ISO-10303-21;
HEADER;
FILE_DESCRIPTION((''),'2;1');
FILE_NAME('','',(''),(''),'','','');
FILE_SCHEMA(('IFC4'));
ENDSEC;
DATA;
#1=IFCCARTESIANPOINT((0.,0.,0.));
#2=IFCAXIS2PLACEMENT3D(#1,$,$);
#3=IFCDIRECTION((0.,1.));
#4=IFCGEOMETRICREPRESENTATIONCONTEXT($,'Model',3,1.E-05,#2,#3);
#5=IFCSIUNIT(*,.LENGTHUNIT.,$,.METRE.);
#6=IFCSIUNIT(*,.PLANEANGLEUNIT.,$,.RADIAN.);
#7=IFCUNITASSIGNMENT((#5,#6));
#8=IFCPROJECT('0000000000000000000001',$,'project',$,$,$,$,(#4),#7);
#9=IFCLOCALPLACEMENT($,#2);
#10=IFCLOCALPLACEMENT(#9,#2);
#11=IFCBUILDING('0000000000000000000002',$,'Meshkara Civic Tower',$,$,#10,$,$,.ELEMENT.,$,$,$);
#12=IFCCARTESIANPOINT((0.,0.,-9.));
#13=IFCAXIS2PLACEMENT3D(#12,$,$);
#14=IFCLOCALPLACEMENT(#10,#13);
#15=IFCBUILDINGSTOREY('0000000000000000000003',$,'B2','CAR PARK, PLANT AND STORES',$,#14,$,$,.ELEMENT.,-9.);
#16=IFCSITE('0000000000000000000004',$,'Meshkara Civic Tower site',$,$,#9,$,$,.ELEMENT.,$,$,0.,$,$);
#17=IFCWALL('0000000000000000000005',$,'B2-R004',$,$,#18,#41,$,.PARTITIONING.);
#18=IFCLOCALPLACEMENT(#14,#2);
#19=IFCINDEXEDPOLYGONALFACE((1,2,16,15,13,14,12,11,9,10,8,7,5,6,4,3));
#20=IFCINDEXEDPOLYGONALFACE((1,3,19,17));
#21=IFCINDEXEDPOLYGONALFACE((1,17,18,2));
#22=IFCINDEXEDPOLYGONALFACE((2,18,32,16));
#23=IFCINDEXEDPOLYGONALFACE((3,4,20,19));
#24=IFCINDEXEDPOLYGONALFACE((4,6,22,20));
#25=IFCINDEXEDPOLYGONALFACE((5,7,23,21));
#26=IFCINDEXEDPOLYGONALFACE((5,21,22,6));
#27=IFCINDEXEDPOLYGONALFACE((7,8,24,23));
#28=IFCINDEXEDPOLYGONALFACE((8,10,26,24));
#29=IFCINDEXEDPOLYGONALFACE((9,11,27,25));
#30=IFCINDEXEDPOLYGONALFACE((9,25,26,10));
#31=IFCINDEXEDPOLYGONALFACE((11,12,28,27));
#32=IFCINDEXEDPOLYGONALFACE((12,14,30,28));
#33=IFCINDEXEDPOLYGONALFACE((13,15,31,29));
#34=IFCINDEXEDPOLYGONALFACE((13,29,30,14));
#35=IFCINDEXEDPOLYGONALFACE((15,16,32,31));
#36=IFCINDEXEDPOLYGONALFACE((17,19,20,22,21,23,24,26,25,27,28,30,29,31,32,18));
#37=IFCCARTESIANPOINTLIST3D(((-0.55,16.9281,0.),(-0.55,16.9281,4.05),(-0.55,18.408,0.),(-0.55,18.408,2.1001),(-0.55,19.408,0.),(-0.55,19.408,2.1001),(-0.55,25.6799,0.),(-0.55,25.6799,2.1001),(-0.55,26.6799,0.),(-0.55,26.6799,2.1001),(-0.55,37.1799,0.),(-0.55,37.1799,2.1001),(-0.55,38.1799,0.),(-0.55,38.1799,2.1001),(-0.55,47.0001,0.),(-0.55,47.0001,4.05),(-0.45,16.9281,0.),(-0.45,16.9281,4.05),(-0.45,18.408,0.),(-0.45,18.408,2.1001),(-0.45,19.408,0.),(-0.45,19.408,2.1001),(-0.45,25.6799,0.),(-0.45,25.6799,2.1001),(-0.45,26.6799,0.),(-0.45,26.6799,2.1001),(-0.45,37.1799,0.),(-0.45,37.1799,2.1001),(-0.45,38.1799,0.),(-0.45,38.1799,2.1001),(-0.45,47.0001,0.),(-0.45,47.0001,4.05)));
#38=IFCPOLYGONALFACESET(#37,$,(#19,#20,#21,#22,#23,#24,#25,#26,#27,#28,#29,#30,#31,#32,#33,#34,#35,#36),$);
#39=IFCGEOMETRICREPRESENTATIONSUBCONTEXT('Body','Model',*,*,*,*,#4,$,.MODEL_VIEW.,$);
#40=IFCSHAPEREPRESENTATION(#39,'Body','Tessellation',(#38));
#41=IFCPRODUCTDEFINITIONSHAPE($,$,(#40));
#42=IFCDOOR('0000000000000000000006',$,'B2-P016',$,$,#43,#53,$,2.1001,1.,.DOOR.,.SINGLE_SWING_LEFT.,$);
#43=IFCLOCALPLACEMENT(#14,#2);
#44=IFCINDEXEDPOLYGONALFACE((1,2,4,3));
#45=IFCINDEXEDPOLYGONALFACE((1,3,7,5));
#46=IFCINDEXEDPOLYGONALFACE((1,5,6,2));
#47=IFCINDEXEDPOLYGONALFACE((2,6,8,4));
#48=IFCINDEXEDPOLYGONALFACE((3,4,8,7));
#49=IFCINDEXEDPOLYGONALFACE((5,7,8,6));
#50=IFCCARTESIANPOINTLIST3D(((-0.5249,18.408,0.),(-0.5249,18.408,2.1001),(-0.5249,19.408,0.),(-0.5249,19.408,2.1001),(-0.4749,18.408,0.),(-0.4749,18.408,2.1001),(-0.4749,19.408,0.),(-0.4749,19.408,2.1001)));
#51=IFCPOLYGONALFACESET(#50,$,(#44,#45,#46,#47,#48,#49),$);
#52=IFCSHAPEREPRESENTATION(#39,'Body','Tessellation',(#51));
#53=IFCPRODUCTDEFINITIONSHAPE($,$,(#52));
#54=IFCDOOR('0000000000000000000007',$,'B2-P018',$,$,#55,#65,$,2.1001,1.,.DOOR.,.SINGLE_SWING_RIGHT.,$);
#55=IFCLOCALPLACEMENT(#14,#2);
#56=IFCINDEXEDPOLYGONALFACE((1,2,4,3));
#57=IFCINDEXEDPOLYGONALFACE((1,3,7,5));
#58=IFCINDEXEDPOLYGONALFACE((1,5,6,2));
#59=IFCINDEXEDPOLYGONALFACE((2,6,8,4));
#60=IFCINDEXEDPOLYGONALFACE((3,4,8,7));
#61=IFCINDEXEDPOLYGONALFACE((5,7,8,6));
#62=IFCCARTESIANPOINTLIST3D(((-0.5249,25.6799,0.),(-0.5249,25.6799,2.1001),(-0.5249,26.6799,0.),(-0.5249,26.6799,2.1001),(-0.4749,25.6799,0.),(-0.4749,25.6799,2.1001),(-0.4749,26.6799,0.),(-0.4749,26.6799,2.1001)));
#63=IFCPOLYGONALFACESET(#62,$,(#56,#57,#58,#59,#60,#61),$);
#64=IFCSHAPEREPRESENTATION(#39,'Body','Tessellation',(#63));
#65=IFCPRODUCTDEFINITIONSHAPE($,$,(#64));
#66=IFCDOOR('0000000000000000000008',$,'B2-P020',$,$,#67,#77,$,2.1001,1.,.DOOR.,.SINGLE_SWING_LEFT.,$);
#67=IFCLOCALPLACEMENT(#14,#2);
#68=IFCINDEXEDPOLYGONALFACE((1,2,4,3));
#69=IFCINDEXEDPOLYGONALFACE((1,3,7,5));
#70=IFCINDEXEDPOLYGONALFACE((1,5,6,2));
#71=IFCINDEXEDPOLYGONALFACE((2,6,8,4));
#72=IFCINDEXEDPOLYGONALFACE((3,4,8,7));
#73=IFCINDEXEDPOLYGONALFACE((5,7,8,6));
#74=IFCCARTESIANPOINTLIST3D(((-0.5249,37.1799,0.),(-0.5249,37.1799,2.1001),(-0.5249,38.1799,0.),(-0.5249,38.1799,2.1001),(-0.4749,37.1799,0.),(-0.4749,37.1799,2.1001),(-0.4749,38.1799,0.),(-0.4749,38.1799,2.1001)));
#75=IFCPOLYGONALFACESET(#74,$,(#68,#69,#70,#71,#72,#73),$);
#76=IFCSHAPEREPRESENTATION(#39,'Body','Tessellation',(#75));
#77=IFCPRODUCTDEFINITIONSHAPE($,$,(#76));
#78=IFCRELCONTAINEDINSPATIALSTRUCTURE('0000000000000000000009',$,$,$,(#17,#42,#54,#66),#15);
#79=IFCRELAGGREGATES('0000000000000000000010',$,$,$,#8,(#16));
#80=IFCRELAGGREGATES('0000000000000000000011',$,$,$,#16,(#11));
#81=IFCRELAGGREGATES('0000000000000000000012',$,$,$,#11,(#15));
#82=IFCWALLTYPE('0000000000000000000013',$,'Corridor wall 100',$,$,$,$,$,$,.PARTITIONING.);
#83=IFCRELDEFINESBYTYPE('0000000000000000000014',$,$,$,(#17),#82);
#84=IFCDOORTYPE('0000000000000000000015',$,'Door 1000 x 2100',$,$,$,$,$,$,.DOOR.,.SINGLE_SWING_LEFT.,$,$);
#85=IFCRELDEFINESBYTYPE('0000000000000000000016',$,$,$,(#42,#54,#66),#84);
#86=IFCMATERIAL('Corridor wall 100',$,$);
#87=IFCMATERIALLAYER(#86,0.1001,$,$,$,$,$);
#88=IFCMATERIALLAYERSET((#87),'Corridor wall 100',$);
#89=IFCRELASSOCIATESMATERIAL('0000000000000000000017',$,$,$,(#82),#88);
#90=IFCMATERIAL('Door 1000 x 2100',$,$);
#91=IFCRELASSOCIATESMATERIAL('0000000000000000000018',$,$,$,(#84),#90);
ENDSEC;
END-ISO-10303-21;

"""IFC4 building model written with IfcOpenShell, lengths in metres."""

from ifc_helpers import new_model, si_unit, direction, frame, frame_2d, origin, place, context, subcontext, project, spatial, rectangle, extrude, material, layer, layer_set, type_object, element, fill, save


model = new_model("IFC4")

# Units and contexts
model_context = context("Model", 3, precision=1e-05, world=origin(), true_north=direction((0.0, 1.0)))
body_context = subcontext(model_context, "Body", "Model", "MODEL_VIEW")
ifc_project = project(units=[si_unit("LENGTHUNIT", "METRE"), si_unit("PLANEANGLEUNIT", "RADIAN")], contexts=[model_context])

# Site, building, storey
site_placement = place(None, origin())
site = spatial("IfcSite", under=ifc_project, at=site_placement, Name="Meshkara Civic Tower site", CompositionType="ELEMENT", RefElevation=0.0)
building_placement = place(site_placement, origin())
building = spatial("IfcBuilding", under=site, at=building_placement, Name="Meshkara Civic Tower", CompositionType="ELEMENT")
storey_placement = place(building_placement, frame((0.0, 0.0, -9.0)))
storey = spatial("IfcBuildingStorey", under=building, at=storey_placement, Name="B2", Description="CAR PARK, PLANT AND STORES", CompositionType="ELEMENT", Elevation=-9.0)

# Wall, openings, doors
ifc_material_1 = material(Name="Corridor wall 100")
ifc_layer = layer(ifc_material_1, 0.1001)
ifc_layer_set = layer_set([ifc_layer], Name="Corridor wall 100")
wall_type = type_object("IfcWallType", Name="Corridor wall 100", PredefinedType="PARTITIONING", material=ifc_layer_set)
wall_placement = place(storey_placement, frame((-0.5, 16.928, 0.0), z_axis=(0.0, 0.0, 1.0), x_axis=(0.0, 1.0, 0.0)))
wall = element("IfcWall", 1, at=wall_placement, inside=storey, type_object=wall_type, Name="B2-R004", PredefinedType="PARTITIONING", context=body_context, shape_type="SweptSolid", body=[
    extrude(rectangle(XDim=30.072, YDim=0.1001, at=frame_2d((15.0361, 0.0))), origin(), (0.0, 0.0, 1.0), 4.05),
])
opening_1_placement = place(wall_placement, frame((1.48, 0.0, 0.0)))
opening_1 = element("IfcOpeningElement", 2, at=opening_1_placement, cuts=wall, PredefinedType="OPENING", context=body_context, shape_type="SweptSolid", body=[
    extrude(rectangle(XDim=1.0, YDim=2.1001, at=frame_2d((0.5, 1.05))), frame((0.0, 0.0601, 0.0), z_axis=(0.0, -1.0, 0.0), x_axis=(1.0, 0.0, 0.0)), (0.0, 0.0, 1.0), 0.1201),
])
opening_2_placement = place(wall_placement, frame((8.752, 0.0, 0.0)))
opening_2 = element("IfcOpeningElement", 3, at=opening_2_placement, cuts=wall, PredefinedType="OPENING", context=body_context, shape_type="SweptSolid", body=[
    extrude(rectangle(XDim=1.0, YDim=2.1001, at=frame_2d((0.5, 1.05))), frame((0.0, 0.0601, 0.0), z_axis=(0.0, -1.0, 0.0), x_axis=(1.0, 0.0, 0.0)), (0.0, 0.0, 1.0), 0.1201),
])
opening_3_placement = place(wall_placement, frame((20.252, 0.0, 0.0)))
opening_3 = element("IfcOpeningElement", 4, at=opening_3_placement, cuts=wall, PredefinedType="OPENING", context=body_context, shape_type="SweptSolid", body=[
    extrude(rectangle(XDim=1.0, YDim=2.1001, at=frame_2d((0.5, 1.05))), frame((0.0, 0.0601, 0.0), z_axis=(0.0, -1.0, 0.0), x_axis=(1.0, 0.0, 0.0)), (0.0, 0.0, 1.0), 0.1201),
])
ifc_material_2 = material(Name="Door 1000 x 2100")
door_type = type_object("IfcDoorType", Name="Door 1000 x 2100", OperationType="SINGLE_SWING_LEFT", PredefinedType="DOOR", material=ifc_material_2)
door_1_placement = place(opening_1_placement, origin())
door_1 = element("IfcDoor", 5, at=door_1_placement, inside=storey, type_object=door_type, Name="B2-P016", OperationType="SINGLE_SWING_LEFT", OverallHeight=2.1001, OverallWidth=1.0, PredefinedType="DOOR", context=body_context, shape_type="SweptSolid", body=[
    extrude(rectangle(XDim=1.0, YDim=2.1001, at=frame_2d((0.5, 1.05))), frame((0.0, 0.0249, 0.0), z_axis=(0.0, -1.0, 0.0), x_axis=(1.0, 0.0, 0.0)), (0.0, 0.0, 1.0), 0.05),
])
fill(opening_1, door_1)
door_2_placement = place(opening_2_placement, origin())
door_2 = element("IfcDoor", 6, at=door_2_placement, inside=storey, type_object=door_type, Name="B2-P018", OperationType="SINGLE_SWING_RIGHT", OverallHeight=2.1001, OverallWidth=1.0, PredefinedType="DOOR", context=body_context, shape_type="SweptSolid", body=[
    extrude(rectangle(XDim=1.0, YDim=2.1001, at=frame_2d((0.5, 1.05))), frame((0.0, 0.0249, 0.0), z_axis=(0.0, -1.0, 0.0), x_axis=(1.0, 0.0, 0.0)), (0.0, 0.0, 1.0), 0.05),
])
fill(opening_2, door_2)
door_3_placement = place(opening_3_placement, origin())
door_3 = element("IfcDoor", 7, at=door_3_placement, inside=storey, type_object=door_type, Name="B2-P020", OperationType="SINGLE_SWING_LEFT", OverallHeight=2.1001, OverallWidth=1.0, PredefinedType="DOOR", context=body_context, shape_type="SweptSolid", body=[
    extrude(rectangle(XDim=1.0, YDim=2.1001, at=frame_2d((0.5, 1.05))), frame((0.0, 0.0249, 0.0), z_axis=(0.0, -1.0, 0.0), x_axis=(1.0, 0.0, 0.0)), (0.0, 0.0, 1.0), 0.05),
])
fill(opening_3, door_3)

save(model, "model.ifc")
